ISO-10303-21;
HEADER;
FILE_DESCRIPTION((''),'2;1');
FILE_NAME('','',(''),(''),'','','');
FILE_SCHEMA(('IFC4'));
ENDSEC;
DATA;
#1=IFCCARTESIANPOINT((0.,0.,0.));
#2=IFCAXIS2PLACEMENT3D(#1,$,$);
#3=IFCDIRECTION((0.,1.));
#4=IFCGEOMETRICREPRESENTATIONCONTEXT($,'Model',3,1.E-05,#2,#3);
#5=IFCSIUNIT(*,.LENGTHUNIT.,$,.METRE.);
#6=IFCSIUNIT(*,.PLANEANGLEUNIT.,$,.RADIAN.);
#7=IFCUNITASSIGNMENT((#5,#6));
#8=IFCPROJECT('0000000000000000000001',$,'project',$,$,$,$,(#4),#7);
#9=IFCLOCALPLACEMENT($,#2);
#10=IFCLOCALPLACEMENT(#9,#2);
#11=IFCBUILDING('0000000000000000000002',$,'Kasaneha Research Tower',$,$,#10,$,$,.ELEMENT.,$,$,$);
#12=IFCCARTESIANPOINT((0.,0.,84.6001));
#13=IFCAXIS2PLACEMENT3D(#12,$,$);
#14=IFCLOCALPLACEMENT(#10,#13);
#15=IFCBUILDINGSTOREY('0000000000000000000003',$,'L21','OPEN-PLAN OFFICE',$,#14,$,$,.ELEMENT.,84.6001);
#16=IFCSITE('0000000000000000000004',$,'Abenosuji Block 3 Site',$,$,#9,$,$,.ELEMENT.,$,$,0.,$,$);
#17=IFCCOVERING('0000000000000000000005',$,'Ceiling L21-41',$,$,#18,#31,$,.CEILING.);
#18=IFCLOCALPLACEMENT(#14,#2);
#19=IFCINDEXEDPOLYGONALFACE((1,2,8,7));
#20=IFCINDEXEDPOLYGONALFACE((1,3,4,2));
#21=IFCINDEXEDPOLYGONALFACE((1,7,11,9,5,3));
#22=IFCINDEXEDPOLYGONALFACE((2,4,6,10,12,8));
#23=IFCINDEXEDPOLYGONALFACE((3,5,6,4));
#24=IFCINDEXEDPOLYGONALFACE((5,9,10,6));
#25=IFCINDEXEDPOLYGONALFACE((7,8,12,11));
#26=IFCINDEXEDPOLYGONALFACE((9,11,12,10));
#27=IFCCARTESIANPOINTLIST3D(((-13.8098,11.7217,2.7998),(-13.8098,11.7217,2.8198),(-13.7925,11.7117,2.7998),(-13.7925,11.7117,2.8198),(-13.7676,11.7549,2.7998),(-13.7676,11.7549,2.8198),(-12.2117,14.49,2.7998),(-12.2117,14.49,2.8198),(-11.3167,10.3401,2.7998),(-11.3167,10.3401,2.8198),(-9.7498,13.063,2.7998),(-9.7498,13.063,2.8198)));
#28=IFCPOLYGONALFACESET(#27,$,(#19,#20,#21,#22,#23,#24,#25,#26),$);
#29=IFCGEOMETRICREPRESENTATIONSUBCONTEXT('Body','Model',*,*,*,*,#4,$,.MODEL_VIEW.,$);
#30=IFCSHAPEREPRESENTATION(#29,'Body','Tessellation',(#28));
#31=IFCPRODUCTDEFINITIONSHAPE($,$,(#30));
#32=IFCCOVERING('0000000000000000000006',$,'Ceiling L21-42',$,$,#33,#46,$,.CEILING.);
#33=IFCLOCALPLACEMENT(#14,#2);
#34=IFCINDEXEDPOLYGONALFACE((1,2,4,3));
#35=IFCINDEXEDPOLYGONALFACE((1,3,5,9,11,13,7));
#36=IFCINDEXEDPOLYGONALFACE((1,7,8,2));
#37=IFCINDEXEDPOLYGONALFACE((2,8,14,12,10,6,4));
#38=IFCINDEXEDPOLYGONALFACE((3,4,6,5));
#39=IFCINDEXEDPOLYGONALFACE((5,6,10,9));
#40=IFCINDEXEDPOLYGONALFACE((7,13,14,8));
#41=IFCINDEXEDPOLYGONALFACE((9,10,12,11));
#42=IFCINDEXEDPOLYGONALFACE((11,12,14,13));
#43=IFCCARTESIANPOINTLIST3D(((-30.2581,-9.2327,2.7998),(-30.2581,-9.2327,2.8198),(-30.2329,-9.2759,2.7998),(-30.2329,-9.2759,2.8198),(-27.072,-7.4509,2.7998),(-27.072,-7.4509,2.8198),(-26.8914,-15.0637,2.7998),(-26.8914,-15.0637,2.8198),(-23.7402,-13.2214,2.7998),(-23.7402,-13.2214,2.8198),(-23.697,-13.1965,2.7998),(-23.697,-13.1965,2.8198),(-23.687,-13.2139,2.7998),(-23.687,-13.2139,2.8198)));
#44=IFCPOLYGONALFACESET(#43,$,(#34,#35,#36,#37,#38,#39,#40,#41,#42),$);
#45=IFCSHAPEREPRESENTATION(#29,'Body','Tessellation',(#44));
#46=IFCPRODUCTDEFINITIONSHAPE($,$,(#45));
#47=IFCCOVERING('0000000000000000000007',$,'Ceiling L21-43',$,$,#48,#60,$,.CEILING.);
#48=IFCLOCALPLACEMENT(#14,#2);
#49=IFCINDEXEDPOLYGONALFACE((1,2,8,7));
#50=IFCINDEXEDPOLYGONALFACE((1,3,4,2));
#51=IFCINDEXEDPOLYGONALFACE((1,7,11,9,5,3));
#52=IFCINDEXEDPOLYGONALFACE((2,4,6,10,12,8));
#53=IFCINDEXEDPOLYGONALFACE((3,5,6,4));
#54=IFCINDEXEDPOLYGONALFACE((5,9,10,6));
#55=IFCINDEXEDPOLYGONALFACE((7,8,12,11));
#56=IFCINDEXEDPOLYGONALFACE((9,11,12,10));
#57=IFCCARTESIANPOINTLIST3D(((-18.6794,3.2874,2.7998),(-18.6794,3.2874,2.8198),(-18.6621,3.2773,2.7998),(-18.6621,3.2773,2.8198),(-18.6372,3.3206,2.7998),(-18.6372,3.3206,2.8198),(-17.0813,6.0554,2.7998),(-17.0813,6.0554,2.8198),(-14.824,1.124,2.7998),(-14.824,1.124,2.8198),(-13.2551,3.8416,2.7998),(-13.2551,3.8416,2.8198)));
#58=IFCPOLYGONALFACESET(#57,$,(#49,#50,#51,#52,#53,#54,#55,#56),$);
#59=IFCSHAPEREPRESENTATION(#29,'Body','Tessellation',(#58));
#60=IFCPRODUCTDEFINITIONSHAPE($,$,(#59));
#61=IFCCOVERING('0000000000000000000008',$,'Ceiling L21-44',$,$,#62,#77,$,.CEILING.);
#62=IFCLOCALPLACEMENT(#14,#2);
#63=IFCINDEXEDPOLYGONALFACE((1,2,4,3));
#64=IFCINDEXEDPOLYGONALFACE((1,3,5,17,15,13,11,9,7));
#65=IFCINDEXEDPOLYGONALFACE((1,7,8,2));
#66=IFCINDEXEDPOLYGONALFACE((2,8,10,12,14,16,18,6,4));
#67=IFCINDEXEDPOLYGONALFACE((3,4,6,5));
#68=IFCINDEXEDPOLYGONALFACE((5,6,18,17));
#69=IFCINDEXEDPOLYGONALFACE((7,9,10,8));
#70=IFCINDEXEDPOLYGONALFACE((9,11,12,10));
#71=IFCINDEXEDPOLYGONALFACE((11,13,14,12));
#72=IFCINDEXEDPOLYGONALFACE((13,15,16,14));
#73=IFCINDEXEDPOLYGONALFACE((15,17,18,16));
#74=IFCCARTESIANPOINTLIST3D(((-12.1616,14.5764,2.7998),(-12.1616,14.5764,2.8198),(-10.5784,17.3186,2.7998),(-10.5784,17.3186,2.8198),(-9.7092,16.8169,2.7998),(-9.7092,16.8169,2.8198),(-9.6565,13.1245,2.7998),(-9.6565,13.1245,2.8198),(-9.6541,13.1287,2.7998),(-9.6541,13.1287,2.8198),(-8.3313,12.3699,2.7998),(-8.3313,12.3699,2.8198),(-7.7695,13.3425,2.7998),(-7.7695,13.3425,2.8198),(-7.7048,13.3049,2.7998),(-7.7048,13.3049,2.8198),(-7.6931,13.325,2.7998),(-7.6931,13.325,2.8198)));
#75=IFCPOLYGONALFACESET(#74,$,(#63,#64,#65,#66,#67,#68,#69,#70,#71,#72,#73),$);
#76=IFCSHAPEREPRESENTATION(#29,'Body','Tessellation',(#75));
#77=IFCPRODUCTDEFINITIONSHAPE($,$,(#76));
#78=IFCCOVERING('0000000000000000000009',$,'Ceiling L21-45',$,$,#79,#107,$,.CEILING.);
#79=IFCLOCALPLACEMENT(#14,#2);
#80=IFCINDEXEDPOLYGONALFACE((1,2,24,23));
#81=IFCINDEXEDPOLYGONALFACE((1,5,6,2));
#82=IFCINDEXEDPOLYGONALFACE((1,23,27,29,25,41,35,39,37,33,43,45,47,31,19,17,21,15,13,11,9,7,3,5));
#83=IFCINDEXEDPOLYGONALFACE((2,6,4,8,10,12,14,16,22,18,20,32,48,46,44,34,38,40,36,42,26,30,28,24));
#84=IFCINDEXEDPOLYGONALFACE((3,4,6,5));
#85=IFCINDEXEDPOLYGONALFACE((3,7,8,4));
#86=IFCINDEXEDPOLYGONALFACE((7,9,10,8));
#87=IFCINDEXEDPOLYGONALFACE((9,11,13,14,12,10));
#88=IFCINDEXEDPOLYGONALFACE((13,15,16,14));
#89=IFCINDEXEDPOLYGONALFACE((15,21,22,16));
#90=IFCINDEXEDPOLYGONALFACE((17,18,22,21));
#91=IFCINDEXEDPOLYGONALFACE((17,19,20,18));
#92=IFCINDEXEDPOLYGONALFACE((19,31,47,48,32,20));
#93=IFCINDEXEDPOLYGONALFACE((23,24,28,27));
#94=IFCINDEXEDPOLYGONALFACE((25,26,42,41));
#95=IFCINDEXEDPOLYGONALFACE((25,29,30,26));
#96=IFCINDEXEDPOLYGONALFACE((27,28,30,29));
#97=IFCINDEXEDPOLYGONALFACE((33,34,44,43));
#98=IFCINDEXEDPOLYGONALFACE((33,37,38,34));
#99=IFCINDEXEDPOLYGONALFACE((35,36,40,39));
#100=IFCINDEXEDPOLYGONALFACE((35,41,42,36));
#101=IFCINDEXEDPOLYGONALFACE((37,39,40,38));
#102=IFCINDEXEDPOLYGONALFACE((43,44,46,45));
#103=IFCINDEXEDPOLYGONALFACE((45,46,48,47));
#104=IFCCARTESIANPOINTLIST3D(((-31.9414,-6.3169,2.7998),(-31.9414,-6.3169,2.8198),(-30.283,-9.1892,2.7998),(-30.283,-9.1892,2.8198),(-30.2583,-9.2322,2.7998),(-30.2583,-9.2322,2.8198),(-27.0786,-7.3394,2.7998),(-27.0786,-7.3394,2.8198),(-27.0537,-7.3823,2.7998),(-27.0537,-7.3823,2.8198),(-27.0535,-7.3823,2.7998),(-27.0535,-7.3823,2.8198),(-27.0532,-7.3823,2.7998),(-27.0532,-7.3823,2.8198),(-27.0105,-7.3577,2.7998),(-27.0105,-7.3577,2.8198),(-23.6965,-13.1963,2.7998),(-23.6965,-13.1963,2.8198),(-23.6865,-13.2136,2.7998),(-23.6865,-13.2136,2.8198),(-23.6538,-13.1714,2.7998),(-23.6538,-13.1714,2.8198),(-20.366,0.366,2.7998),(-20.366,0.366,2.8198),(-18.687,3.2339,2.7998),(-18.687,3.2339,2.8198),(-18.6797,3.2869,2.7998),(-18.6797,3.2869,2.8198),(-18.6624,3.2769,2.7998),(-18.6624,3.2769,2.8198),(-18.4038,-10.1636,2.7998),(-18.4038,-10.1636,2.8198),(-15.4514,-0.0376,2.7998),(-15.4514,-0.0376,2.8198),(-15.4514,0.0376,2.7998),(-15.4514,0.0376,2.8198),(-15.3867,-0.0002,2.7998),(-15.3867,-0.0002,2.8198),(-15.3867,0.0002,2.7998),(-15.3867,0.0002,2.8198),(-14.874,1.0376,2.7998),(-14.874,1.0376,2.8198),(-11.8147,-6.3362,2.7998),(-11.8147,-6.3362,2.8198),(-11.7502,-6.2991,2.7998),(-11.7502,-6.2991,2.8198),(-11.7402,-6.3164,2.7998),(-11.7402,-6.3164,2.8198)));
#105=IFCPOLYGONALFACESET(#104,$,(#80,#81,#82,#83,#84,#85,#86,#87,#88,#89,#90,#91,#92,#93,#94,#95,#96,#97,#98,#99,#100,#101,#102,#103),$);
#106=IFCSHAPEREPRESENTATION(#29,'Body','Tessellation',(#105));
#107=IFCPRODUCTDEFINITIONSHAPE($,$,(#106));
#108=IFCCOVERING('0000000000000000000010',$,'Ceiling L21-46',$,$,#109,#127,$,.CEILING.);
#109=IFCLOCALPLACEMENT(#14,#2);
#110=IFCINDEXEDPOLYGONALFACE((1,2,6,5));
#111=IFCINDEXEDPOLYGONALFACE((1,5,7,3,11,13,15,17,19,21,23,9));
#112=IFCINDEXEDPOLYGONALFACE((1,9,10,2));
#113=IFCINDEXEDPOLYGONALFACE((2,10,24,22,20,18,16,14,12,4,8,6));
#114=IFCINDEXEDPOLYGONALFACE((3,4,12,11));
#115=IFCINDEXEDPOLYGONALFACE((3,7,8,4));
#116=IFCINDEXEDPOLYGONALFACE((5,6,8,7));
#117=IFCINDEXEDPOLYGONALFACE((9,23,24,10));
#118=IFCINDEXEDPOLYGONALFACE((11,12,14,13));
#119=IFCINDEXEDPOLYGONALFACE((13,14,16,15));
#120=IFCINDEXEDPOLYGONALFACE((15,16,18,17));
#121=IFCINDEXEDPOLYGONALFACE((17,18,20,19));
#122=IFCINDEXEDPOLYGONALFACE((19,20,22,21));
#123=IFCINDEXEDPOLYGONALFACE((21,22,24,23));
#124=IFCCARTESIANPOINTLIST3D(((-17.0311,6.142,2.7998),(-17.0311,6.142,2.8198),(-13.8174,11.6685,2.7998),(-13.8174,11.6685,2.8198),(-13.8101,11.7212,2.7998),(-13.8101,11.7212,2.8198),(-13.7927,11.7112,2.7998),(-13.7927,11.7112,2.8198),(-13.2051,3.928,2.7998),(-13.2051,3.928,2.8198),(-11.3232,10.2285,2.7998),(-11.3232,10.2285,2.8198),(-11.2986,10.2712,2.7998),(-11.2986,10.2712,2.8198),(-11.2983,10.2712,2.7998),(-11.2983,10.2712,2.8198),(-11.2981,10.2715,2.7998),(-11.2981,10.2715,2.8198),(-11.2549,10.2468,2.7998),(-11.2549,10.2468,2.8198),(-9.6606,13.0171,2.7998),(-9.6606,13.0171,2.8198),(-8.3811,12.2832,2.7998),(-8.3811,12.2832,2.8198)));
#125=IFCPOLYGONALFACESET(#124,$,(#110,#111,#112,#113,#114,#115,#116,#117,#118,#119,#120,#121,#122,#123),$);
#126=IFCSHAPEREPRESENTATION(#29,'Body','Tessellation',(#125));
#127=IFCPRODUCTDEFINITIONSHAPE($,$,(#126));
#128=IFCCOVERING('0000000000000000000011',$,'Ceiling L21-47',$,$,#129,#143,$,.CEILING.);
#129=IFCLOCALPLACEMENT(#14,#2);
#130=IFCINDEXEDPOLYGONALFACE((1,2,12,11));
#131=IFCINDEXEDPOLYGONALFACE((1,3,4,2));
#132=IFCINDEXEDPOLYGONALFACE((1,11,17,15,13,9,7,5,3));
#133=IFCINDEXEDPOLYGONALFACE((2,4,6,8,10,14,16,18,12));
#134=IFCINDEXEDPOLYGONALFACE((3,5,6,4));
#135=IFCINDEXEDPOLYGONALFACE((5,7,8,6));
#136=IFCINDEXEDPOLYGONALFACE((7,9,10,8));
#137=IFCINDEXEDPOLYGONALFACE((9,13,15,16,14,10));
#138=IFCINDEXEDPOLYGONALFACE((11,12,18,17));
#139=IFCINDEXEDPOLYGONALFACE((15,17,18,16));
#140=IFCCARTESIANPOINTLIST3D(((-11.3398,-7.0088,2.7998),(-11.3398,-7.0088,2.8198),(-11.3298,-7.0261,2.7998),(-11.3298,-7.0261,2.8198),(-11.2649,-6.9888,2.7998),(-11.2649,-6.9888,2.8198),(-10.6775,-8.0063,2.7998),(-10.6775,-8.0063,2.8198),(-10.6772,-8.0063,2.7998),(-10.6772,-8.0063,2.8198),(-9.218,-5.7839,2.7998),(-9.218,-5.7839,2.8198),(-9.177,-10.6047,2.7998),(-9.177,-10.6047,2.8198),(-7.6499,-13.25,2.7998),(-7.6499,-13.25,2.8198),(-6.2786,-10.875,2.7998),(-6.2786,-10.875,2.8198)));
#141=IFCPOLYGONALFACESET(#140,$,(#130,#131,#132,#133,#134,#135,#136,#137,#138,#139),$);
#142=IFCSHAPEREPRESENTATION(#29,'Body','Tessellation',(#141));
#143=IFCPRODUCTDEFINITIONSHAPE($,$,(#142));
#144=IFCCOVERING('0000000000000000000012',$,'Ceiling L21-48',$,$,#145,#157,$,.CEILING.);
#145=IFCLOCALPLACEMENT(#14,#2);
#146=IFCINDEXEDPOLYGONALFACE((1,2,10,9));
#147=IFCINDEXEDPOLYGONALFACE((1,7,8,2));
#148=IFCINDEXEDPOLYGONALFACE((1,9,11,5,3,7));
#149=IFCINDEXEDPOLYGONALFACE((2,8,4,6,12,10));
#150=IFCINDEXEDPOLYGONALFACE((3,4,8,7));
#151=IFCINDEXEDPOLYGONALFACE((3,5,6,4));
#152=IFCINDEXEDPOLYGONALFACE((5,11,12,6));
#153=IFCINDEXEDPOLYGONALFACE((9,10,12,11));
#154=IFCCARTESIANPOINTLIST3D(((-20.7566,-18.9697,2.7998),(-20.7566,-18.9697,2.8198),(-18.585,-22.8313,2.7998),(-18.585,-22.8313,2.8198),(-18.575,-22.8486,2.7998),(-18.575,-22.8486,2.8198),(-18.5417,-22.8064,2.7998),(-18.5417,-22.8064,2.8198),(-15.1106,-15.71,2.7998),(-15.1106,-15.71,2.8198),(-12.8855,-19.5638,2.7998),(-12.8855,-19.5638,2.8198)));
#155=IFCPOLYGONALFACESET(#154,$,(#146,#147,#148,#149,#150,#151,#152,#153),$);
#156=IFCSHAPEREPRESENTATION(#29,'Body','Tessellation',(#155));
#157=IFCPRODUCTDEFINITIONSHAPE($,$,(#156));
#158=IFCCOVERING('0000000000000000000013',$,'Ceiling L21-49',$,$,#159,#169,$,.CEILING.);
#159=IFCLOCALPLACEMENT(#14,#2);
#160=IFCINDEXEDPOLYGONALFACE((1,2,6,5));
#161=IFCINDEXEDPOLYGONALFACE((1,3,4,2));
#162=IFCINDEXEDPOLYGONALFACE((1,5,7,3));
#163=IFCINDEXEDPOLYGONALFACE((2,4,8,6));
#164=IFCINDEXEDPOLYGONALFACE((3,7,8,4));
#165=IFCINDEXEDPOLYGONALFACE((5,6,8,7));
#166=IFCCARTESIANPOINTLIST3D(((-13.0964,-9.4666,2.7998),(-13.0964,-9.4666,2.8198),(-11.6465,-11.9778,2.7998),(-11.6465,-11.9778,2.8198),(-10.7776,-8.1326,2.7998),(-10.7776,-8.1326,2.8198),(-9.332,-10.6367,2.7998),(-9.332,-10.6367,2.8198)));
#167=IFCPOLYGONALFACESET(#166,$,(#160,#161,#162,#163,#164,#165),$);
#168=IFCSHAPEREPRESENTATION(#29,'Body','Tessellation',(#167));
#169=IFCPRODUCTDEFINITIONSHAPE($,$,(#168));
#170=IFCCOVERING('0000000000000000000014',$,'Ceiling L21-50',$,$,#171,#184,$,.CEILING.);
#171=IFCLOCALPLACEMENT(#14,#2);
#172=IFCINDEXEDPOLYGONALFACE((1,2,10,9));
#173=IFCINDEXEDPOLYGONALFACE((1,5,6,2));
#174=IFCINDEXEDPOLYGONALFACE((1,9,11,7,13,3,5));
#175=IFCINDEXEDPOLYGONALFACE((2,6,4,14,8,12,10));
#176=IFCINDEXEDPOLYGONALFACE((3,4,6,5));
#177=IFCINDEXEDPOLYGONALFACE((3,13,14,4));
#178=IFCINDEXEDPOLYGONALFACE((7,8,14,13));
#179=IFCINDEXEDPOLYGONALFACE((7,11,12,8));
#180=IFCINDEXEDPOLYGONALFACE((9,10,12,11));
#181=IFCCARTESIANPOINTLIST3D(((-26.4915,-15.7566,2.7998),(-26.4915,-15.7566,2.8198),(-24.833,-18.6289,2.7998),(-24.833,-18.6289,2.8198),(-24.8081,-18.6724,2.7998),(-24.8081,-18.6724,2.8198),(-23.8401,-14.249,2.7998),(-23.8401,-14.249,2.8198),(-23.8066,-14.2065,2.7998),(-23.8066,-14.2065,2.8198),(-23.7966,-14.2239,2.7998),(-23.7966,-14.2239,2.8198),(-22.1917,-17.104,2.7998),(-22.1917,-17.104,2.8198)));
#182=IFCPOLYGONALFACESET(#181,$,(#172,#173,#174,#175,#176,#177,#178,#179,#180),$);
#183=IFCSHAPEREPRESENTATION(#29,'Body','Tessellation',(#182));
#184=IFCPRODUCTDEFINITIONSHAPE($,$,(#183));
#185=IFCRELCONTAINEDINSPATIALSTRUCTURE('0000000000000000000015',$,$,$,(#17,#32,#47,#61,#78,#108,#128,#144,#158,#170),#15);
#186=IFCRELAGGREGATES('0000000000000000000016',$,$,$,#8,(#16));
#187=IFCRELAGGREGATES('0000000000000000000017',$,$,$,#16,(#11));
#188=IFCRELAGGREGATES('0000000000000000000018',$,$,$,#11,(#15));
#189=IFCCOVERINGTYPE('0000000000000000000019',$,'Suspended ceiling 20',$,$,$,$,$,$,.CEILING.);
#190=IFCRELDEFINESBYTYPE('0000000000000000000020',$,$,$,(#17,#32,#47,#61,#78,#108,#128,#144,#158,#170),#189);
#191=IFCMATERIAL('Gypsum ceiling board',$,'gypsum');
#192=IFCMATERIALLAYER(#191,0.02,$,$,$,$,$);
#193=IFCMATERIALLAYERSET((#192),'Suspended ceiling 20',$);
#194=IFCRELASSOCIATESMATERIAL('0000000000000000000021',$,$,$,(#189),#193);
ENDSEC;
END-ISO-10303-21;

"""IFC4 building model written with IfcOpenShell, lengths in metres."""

from ifc_helpers import new_model, si_unit, direction, frame, origin, place, context, subcontext, project, spatial, polyline, outline, extrude, material, layer, layer_set, type_object, element, save


model = new_model("IFC4")

# Units and contexts
model_context = context("Model", 3, precision=1e-05, world=origin(), true_north=direction((0.0, 1.0)))
body_context = subcontext(model_context, "Body", "Model", "MODEL_VIEW")
ifc_project = project(units=[si_unit("LENGTHUNIT", "METRE"), si_unit("PLANEANGLEUNIT", "RADIAN")], contexts=[model_context])

# Site, building, storey
site_placement = place(None, origin())
site = spatial("IfcSite", under=ifc_project, at=site_placement, Name="Abenosuji Block 3 Site", CompositionType="ELEMENT", RefElevation=0.0)
building_placement = place(site_placement, origin())
building = spatial("IfcBuilding", under=site, at=building_placement, Name="Kasaneha Research Tower", CompositionType="ELEMENT")
storey_placement = place(building_placement, frame((0.0, 0.0, 84.6001)))
storey = spatial("IfcBuildingStorey", under=building, at=storey_placement, Name="L21", Description="OPEN-PLAN OFFICE", CompositionType="ELEMENT", Elevation=84.6001)

# Coverings
ifc_material_1 = material(Name="Gypsum ceiling board", Category="gypsum")
ifc_layer_1 = layer(ifc_material_1, 0.02)
ifc_layer_set_1 = layer_set([ifc_layer_1], Name="Suspended ceiling 20")
covering_type = type_object("IfcCoveringType", Name="Suspended ceiling 20", PredefinedType="CEILING", material=ifc_layer_set_1)
covering_1_placement = place(storey_placement, frame((0.0, 0.0, 2.7998)))
element("IfcCovering", 1, at=covering_1_placement, inside=storey, type_object=covering_type, Name="Ceiling L21-41", PredefinedType="CEILING", context=body_context, shape_type="SweptSolid", body=[
    extrude(outline(polyline([(-12.2117, 14.49), (-9.7498, 13.063), (-11.3167, 10.3401), (-13.7676, 11.7549), (-13.7925, 11.7117), (-13.8098, 11.7217), (-12.2117, 14.49)])), origin(), (0.0, 0.0, 1.0), 0.02),
])
covering_2_placement = place(storey_placement, frame((0.0, 0.0, 2.7998)))
element("IfcCovering", 2, at=covering_2_placement, inside=storey, type_object=covering_type, Name="Ceiling L21-42", PredefinedType="CEILING", context=body_context, shape_type="SweptSolid", body=[
    extrude(outline(polyline([(-30.2581, -9.2327), (-30.2329, -9.2759), (-27.072, -7.4509), (-23.7402, -13.2214), (-23.697, -13.1965), (-23.687, -13.2139), (-26.8914, -15.0637), (-30.2581, -9.2327), (-30.2581, -9.2327)])), origin(), (0.0, 0.0, 1.0), 0.02),
])
covering_3_placement = place(storey_placement, frame((0.0, 0.0, 2.7998)))
element("IfcCovering", 3, at=covering_3_placement, inside=storey, type_object=covering_type, Name="Ceiling L21-43", PredefinedType="CEILING", context=body_context, shape_type="SweptSolid", body=[
    extrude(outline(polyline([(-18.6794, 3.2874), (-17.0813, 6.0554), (-13.2551, 3.8416), (-14.824, 1.124), (-18.6372, 3.3206), (-18.6621, 3.2773), (-18.6794, 3.2874)])), origin(), (0.0, 0.0, 1.0), 0.02),
])
covering_4_placement = place(storey_placement, frame((0.0, 0.0, 2.7998)))
element("IfcCovering", 4, at=covering_4_placement, inside=storey, type_object=covering_type, Name="Ceiling L21-44", PredefinedType="CEILING", context=body_context, shape_type="SweptSolid", body=[
    extrude(outline(polyline([(-10.5784, 17.3186), (-9.7092, 16.8169), (-7.6931, 13.325), (-7.7048, 13.3049), (-7.7695, 13.3425), (-8.3313, 12.3699), (-9.6541, 13.1287), (-9.6565, 13.1245), (-12.1616, 14.5764), (-12.1865, 14.5332), (-12.1865, 14.5332), (-10.5784, 17.3186)])), origin(), (0.0, 0.0, 1.0), 0.02),
])
covering_5_placement = place(storey_placement, frame((0.0, 0.0, 2.7998)))
element("IfcCovering", 5, at=covering_5_placement, inside=storey, type_object=covering_type, Name="Ceiling L21-45", PredefinedType="CEILING", context=body_context, shape_type="SweptSolid", body=[
    extrude(outline(polyline([(-27.0537, -7.3823), (-27.0786, -7.3394), (-30.283, -9.1892), (-30.2583, -9.2322), (-30.2583, -9.2322), (-31.9414, -6.3169), (-20.366, 0.366), (-18.6797, 3.2869), (-18.6624, 3.2769), (-18.687, 3.2339), (-14.874, 1.0376), (-15.4514, 0.0376), (-15.3867, 0.0002), (-15.3867, -0.0002), (-15.3867, -0.0002), (-15.4514, -0.0376), (-11.8147, -6.3362), (-11.7502, -6.2991), (-11.7402, -6.3164), (-18.4038, -10.1636), (-23.6865, -13.2136), (-23.6965, -13.1963), (-23.6538, -13.1714), (-27.0105, -7.3577), (-27.0532, -7.3823), (-27.0535, -7.3823), (-27.0537, -7.3823)])), origin(), (0.0, 0.0, 1.0), 0.02),
])
covering_6_placement = place(storey_placement, frame((0.0, 0.0, 2.7998)))
element("IfcCovering", 6, at=covering_6_placement, inside=storey, type_object=covering_type, Name="Ceiling L21-46", PredefinedType="CEILING", context=body_context, shape_type="SweptSolid", body=[
    extrude(outline(polyline([(-11.2981, 10.2715), (-11.2549, 10.2468), (-9.6606, 13.0171), (-8.3811, 12.2832), (-13.2051, 3.928), (-17.0312, 6.1421), (-17.0559, 6.0991), (-17.0559, 6.0991), (-13.8101, 11.7212), (-13.7927, 11.7112), (-13.8174, 11.6685), (-11.3232, 10.2285), (-11.2986, 10.2712), (-11.2983, 10.2712), (-11.2981, 10.2715)])), origin(), (0.0, 0.0, 1.0), 0.02),
])
covering_7_placement = place(storey_placement, frame((0.0, 0.0, 2.7998)))
element("IfcCovering", 7, at=covering_7_placement, inside=storey, type_object=covering_type, Name="Ceiling L21-47", PredefinedType="CEILING", context=body_context, shape_type="SweptSolid", body=[
    extrude(outline(polyline([(-7.6499, -13.25), (-9.177, -10.6047), (-9.177, -10.6047), (-10.6772, -8.0063), (-10.6775, -8.0063), (-11.2649, -6.9888), (-11.3298, -7.0261), (-11.3398, -7.0088), (-9.218, -5.7839), (-6.2786, -10.875), (-7.6499, -13.25)])), origin(), (0.0, 0.0, 1.0), 0.02),
])
covering_8_placement = place(storey_placement, frame((0.0, 0.0, 2.7998)))
element("IfcCovering", 8, at=covering_8_placement, inside=storey, type_object=covering_type, Name="Ceiling L21-48", PredefinedType="CEILING", context=body_context, shape_type="SweptSolid", body=[
    extrude(outline(polyline([(-18.575, -22.8486), (-18.585, -22.8313), (-18.5417, -22.8064), (-20.7566, -18.9697), (-15.1106, -15.71), (-12.8855, -19.5637), (-12.8423, -19.5388), (-12.8423, -19.5388), (-18.575, -22.8486)])), origin(), (0.0, 0.0, 1.0), 0.02),
])
covering_9_placement = place(storey_placement, frame((0.0, 0.0, 2.7998)))
element("IfcCovering", 9, at=covering_9_placement, inside=storey, type_object=covering_type, Name="Ceiling L21-49", PredefinedType="CEILING", context=body_context, shape_type="SweptSolid", body=[
    extrude(outline(polyline([(-9.332, -10.6367), (-11.6465, -11.9778), (-13.0964, -9.4666), (-10.7776, -8.1326), (-9.332, -10.6367)])), origin(), (0.0, 0.0, 1.0), 0.02),
])
covering_10_placement = place(storey_placement, frame((0.0, 0.0, 2.7998)))
element("IfcCovering", 10, at=covering_10_placement, inside=storey, type_object=covering_type, Name="Ceiling L21-50", PredefinedType="CEILING", context=body_context, shape_type="SweptSolid", body=[
    extrude(outline(polyline([(-23.8066, -14.2065), (-23.7966, -14.2239), (-23.8401, -14.249), (-22.1917, -17.104), (-24.833, -18.6289), (-24.8081, -18.6724), (-24.8081, -18.6724), (-26.4915, -15.7566), (-23.8066, -14.2065)])), origin(), (0.0, 0.0, 1.0), 0.02),
])

save(model, "model.ifc")
